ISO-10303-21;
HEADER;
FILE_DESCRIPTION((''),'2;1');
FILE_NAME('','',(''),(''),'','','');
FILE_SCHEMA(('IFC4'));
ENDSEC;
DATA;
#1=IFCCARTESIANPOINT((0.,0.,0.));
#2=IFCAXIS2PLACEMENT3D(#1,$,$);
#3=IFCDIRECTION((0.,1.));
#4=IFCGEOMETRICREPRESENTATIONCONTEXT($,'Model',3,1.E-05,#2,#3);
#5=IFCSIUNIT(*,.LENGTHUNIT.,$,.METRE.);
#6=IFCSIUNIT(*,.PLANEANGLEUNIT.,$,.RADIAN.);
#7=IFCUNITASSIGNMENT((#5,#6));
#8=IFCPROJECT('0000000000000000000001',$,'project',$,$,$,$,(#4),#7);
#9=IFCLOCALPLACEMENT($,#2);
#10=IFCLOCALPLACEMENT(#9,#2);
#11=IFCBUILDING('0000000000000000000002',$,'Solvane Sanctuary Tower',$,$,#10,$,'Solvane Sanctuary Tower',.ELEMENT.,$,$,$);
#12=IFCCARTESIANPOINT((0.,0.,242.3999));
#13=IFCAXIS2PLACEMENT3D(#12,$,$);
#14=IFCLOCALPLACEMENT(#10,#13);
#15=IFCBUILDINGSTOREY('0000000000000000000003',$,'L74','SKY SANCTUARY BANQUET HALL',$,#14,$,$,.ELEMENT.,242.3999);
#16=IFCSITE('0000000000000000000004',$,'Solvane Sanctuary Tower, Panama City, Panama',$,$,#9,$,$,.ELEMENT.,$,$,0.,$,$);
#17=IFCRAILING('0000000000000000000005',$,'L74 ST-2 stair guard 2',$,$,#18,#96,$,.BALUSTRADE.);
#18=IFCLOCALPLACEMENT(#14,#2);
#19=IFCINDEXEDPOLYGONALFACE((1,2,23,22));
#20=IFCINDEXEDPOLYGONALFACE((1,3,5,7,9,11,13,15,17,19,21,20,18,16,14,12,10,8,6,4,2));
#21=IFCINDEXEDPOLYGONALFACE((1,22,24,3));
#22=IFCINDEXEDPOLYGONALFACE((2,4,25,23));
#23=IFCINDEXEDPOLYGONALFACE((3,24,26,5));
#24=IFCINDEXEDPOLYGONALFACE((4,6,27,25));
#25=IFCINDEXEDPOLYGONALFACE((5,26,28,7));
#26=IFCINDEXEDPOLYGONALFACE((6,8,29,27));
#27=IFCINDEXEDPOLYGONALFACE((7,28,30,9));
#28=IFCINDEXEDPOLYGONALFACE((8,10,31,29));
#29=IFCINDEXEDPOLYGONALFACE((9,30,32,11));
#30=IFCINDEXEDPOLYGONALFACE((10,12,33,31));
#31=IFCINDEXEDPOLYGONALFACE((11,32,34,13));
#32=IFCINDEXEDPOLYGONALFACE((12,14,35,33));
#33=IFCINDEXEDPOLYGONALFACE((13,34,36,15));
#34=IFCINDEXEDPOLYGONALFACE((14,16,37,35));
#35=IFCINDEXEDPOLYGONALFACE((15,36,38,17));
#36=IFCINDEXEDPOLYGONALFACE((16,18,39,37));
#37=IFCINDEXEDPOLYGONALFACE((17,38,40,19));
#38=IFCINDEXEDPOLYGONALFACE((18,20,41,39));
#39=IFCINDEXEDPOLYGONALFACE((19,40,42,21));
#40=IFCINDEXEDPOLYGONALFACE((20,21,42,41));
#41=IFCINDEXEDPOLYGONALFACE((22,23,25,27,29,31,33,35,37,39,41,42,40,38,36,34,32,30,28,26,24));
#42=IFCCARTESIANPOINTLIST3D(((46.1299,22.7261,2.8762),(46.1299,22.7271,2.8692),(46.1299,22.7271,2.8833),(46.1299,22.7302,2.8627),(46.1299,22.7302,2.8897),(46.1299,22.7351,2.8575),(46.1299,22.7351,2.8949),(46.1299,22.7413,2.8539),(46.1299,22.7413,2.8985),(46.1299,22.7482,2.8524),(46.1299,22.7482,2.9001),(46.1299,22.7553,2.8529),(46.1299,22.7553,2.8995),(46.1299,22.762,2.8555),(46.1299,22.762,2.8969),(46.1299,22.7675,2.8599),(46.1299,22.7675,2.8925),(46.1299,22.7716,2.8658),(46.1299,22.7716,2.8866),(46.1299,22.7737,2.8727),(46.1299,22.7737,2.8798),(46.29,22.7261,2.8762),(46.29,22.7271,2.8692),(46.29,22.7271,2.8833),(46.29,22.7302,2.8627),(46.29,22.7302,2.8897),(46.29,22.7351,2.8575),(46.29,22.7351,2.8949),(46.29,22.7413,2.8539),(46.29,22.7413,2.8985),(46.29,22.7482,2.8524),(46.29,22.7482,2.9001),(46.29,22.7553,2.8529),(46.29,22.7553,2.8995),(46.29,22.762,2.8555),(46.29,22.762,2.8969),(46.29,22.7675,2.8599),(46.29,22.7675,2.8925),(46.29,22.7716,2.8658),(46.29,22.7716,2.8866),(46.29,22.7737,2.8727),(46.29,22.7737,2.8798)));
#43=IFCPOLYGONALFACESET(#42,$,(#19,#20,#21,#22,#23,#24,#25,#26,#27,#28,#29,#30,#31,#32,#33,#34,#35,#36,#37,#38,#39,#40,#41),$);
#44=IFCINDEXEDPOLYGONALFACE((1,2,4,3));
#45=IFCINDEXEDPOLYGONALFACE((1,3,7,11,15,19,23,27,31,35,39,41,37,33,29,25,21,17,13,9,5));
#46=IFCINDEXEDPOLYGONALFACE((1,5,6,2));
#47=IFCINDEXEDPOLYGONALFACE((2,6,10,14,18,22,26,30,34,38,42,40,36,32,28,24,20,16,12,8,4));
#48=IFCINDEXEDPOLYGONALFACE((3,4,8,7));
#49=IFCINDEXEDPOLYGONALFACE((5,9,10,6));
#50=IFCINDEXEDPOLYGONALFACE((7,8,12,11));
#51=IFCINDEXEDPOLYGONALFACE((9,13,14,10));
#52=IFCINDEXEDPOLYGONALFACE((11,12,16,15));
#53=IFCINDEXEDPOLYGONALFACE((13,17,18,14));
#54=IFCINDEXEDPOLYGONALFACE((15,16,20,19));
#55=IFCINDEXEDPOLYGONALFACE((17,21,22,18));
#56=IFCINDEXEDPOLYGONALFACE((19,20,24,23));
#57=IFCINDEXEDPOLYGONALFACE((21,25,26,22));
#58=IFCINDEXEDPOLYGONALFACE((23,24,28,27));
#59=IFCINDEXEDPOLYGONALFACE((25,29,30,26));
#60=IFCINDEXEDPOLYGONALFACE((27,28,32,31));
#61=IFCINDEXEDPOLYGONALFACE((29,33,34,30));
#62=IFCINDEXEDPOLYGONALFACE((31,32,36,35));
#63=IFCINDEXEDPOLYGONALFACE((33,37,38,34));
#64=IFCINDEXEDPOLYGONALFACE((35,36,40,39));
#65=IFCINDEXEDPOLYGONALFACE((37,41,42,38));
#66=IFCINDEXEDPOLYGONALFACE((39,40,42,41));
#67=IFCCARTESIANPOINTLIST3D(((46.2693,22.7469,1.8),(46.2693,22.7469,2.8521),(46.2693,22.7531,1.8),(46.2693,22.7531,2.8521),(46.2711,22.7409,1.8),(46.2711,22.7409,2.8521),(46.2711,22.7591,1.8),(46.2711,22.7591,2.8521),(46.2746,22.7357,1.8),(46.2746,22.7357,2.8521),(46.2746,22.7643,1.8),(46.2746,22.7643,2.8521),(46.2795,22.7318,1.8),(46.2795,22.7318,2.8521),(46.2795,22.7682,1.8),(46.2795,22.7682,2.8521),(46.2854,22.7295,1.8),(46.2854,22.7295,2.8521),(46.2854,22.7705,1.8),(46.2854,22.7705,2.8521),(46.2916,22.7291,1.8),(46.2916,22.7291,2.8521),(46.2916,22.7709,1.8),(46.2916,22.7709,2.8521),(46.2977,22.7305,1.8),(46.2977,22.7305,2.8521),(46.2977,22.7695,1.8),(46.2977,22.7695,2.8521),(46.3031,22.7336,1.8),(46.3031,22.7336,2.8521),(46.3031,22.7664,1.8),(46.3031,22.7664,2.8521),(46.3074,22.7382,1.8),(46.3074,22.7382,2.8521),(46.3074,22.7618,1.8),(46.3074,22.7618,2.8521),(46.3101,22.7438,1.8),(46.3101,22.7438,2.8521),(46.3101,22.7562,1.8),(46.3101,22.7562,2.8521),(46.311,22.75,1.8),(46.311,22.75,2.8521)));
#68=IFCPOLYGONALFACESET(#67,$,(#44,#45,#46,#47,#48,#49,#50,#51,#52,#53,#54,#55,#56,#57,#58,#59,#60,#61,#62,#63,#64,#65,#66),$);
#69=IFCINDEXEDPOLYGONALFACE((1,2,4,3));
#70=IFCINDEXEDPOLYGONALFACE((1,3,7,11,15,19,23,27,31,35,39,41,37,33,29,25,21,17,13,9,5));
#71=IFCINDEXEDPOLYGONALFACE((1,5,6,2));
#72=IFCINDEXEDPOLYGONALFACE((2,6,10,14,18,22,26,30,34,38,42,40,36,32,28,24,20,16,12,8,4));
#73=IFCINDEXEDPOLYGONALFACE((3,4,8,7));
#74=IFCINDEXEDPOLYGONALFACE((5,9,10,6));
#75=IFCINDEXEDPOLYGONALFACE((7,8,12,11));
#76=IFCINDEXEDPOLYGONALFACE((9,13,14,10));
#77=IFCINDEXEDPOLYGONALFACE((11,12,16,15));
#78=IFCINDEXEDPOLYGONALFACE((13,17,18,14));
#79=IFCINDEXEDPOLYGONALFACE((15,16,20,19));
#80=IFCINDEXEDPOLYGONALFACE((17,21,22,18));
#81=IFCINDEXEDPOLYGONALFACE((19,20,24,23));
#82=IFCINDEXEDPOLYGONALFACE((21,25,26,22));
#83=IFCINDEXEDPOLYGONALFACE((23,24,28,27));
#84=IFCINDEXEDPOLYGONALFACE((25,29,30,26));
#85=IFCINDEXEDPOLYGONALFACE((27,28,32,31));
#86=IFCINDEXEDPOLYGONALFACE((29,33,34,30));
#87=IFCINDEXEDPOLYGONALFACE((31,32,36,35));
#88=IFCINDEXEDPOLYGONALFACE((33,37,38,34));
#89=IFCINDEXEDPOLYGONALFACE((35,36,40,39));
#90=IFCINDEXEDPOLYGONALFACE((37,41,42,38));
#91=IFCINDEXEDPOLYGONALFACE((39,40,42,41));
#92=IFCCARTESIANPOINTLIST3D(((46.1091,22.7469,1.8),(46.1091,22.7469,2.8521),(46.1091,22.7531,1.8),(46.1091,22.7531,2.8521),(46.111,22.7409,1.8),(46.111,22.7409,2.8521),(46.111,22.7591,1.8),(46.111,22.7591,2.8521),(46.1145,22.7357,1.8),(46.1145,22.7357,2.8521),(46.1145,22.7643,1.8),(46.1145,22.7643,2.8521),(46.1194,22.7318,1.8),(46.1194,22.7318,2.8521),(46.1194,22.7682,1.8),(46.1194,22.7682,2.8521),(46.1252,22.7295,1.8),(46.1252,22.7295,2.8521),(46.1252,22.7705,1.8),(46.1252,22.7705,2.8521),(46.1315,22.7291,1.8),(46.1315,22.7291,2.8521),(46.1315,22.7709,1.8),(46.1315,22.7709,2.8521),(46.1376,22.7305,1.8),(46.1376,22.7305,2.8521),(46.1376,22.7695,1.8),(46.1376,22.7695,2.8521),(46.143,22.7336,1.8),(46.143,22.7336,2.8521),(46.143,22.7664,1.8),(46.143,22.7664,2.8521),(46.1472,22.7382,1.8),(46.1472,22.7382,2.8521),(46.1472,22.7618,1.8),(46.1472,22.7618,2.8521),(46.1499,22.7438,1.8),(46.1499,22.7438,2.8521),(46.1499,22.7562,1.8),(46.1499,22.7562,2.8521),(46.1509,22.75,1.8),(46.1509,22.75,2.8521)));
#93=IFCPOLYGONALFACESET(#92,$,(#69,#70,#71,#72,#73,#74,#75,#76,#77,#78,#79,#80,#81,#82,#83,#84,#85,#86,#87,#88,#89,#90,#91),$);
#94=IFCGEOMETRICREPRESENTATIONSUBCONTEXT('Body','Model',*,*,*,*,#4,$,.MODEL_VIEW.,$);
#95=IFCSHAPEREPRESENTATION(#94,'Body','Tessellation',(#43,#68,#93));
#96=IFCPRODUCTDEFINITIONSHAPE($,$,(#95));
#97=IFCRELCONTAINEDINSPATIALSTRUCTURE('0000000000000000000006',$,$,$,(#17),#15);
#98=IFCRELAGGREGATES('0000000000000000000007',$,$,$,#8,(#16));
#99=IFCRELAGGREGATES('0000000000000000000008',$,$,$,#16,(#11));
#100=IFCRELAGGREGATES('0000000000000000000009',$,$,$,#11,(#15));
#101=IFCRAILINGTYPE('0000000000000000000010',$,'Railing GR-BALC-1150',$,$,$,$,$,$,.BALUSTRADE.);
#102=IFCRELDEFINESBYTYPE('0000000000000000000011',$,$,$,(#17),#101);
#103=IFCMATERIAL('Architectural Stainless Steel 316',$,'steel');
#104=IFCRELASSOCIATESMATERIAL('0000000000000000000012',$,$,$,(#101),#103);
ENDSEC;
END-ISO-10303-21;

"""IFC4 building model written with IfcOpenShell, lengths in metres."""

from ifc_helpers import new_model, si_unit, direction, frame, origin, origin_2d, place, context, subcontext, project, spatial, circle, extrude, material, type_object, element, save


model = new_model("IFC4")

# Units and contexts
model_context = context("Model", 3, precision=1e-05, world=origin(), true_north=direction((0.0, 1.0)))
body_context = subcontext(model_context, "Body", "Model", "MODEL_VIEW")
ifc_project = project(units=[si_unit("LENGTHUNIT", "METRE"), si_unit("PLANEANGLEUNIT", "RADIAN")], contexts=[model_context])

# Site, building, storey
site_placement = place(None, origin())
site = spatial("IfcSite", under=ifc_project, at=site_placement, Name="Solvane Sanctuary Tower, Panama City, Panama", CompositionType="ELEMENT", RefElevation=0.0)
building_placement = place(site_placement, origin())
building = spatial("IfcBuilding", under=site, at=building_placement, Name="Solvane Sanctuary Tower", LongName="Solvane Sanctuary Tower", CompositionType="ELEMENT")
storey_placement = place(building_placement, frame((0.0, 0.0, 242.3999)))
storey = spatial("IfcBuildingStorey", under=building, at=storey_placement, Name="L74", Description="SKY SANCTUARY BANQUET HALL", CompositionType="ELEMENT", Elevation=242.3999)

# Shared definitions
ifc_material_1 = material(Name="Architectural Stainless Steel 316", Category="steel")

# Railing
railing_type_1 = type_object("IfcRailingType", Name="Railing GR-BALC-1150", PredefinedType="BALUSTRADE", material=ifc_material_1)
railing_1_placement = place(storey_placement, frame((46.29, 22.75, 1.8)))
element("IfcRailing", 1, at=railing_1_placement, inside=storey, type_object=railing_type_1, Name="L74 ST-2 stair guard 2", PredefinedType="BALUSTRADE", context=body_context, shape_type="SweptSolid", body=[
    extrude(circle(Radius=0.0239, at=origin_2d()), frame((0.0, 0.0, 1.0762), z_axis=(-1.0, 0.0, 0.0), x_axis=(0.0, -1.0, 0.0)), (0.0, 0.0, 1.0), 0.1602),
    extrude(circle(Radius=0.021, at=origin_2d()), origin(), (0.0, 0.0, 1.0), 1.052),
    extrude(circle(Radius=0.021, at=origin_2d()), frame((-0.1602, 0.0, 0.0)), (0.0, 0.0, 1.0), 1.052),
])

save(model, "model.ifc")
